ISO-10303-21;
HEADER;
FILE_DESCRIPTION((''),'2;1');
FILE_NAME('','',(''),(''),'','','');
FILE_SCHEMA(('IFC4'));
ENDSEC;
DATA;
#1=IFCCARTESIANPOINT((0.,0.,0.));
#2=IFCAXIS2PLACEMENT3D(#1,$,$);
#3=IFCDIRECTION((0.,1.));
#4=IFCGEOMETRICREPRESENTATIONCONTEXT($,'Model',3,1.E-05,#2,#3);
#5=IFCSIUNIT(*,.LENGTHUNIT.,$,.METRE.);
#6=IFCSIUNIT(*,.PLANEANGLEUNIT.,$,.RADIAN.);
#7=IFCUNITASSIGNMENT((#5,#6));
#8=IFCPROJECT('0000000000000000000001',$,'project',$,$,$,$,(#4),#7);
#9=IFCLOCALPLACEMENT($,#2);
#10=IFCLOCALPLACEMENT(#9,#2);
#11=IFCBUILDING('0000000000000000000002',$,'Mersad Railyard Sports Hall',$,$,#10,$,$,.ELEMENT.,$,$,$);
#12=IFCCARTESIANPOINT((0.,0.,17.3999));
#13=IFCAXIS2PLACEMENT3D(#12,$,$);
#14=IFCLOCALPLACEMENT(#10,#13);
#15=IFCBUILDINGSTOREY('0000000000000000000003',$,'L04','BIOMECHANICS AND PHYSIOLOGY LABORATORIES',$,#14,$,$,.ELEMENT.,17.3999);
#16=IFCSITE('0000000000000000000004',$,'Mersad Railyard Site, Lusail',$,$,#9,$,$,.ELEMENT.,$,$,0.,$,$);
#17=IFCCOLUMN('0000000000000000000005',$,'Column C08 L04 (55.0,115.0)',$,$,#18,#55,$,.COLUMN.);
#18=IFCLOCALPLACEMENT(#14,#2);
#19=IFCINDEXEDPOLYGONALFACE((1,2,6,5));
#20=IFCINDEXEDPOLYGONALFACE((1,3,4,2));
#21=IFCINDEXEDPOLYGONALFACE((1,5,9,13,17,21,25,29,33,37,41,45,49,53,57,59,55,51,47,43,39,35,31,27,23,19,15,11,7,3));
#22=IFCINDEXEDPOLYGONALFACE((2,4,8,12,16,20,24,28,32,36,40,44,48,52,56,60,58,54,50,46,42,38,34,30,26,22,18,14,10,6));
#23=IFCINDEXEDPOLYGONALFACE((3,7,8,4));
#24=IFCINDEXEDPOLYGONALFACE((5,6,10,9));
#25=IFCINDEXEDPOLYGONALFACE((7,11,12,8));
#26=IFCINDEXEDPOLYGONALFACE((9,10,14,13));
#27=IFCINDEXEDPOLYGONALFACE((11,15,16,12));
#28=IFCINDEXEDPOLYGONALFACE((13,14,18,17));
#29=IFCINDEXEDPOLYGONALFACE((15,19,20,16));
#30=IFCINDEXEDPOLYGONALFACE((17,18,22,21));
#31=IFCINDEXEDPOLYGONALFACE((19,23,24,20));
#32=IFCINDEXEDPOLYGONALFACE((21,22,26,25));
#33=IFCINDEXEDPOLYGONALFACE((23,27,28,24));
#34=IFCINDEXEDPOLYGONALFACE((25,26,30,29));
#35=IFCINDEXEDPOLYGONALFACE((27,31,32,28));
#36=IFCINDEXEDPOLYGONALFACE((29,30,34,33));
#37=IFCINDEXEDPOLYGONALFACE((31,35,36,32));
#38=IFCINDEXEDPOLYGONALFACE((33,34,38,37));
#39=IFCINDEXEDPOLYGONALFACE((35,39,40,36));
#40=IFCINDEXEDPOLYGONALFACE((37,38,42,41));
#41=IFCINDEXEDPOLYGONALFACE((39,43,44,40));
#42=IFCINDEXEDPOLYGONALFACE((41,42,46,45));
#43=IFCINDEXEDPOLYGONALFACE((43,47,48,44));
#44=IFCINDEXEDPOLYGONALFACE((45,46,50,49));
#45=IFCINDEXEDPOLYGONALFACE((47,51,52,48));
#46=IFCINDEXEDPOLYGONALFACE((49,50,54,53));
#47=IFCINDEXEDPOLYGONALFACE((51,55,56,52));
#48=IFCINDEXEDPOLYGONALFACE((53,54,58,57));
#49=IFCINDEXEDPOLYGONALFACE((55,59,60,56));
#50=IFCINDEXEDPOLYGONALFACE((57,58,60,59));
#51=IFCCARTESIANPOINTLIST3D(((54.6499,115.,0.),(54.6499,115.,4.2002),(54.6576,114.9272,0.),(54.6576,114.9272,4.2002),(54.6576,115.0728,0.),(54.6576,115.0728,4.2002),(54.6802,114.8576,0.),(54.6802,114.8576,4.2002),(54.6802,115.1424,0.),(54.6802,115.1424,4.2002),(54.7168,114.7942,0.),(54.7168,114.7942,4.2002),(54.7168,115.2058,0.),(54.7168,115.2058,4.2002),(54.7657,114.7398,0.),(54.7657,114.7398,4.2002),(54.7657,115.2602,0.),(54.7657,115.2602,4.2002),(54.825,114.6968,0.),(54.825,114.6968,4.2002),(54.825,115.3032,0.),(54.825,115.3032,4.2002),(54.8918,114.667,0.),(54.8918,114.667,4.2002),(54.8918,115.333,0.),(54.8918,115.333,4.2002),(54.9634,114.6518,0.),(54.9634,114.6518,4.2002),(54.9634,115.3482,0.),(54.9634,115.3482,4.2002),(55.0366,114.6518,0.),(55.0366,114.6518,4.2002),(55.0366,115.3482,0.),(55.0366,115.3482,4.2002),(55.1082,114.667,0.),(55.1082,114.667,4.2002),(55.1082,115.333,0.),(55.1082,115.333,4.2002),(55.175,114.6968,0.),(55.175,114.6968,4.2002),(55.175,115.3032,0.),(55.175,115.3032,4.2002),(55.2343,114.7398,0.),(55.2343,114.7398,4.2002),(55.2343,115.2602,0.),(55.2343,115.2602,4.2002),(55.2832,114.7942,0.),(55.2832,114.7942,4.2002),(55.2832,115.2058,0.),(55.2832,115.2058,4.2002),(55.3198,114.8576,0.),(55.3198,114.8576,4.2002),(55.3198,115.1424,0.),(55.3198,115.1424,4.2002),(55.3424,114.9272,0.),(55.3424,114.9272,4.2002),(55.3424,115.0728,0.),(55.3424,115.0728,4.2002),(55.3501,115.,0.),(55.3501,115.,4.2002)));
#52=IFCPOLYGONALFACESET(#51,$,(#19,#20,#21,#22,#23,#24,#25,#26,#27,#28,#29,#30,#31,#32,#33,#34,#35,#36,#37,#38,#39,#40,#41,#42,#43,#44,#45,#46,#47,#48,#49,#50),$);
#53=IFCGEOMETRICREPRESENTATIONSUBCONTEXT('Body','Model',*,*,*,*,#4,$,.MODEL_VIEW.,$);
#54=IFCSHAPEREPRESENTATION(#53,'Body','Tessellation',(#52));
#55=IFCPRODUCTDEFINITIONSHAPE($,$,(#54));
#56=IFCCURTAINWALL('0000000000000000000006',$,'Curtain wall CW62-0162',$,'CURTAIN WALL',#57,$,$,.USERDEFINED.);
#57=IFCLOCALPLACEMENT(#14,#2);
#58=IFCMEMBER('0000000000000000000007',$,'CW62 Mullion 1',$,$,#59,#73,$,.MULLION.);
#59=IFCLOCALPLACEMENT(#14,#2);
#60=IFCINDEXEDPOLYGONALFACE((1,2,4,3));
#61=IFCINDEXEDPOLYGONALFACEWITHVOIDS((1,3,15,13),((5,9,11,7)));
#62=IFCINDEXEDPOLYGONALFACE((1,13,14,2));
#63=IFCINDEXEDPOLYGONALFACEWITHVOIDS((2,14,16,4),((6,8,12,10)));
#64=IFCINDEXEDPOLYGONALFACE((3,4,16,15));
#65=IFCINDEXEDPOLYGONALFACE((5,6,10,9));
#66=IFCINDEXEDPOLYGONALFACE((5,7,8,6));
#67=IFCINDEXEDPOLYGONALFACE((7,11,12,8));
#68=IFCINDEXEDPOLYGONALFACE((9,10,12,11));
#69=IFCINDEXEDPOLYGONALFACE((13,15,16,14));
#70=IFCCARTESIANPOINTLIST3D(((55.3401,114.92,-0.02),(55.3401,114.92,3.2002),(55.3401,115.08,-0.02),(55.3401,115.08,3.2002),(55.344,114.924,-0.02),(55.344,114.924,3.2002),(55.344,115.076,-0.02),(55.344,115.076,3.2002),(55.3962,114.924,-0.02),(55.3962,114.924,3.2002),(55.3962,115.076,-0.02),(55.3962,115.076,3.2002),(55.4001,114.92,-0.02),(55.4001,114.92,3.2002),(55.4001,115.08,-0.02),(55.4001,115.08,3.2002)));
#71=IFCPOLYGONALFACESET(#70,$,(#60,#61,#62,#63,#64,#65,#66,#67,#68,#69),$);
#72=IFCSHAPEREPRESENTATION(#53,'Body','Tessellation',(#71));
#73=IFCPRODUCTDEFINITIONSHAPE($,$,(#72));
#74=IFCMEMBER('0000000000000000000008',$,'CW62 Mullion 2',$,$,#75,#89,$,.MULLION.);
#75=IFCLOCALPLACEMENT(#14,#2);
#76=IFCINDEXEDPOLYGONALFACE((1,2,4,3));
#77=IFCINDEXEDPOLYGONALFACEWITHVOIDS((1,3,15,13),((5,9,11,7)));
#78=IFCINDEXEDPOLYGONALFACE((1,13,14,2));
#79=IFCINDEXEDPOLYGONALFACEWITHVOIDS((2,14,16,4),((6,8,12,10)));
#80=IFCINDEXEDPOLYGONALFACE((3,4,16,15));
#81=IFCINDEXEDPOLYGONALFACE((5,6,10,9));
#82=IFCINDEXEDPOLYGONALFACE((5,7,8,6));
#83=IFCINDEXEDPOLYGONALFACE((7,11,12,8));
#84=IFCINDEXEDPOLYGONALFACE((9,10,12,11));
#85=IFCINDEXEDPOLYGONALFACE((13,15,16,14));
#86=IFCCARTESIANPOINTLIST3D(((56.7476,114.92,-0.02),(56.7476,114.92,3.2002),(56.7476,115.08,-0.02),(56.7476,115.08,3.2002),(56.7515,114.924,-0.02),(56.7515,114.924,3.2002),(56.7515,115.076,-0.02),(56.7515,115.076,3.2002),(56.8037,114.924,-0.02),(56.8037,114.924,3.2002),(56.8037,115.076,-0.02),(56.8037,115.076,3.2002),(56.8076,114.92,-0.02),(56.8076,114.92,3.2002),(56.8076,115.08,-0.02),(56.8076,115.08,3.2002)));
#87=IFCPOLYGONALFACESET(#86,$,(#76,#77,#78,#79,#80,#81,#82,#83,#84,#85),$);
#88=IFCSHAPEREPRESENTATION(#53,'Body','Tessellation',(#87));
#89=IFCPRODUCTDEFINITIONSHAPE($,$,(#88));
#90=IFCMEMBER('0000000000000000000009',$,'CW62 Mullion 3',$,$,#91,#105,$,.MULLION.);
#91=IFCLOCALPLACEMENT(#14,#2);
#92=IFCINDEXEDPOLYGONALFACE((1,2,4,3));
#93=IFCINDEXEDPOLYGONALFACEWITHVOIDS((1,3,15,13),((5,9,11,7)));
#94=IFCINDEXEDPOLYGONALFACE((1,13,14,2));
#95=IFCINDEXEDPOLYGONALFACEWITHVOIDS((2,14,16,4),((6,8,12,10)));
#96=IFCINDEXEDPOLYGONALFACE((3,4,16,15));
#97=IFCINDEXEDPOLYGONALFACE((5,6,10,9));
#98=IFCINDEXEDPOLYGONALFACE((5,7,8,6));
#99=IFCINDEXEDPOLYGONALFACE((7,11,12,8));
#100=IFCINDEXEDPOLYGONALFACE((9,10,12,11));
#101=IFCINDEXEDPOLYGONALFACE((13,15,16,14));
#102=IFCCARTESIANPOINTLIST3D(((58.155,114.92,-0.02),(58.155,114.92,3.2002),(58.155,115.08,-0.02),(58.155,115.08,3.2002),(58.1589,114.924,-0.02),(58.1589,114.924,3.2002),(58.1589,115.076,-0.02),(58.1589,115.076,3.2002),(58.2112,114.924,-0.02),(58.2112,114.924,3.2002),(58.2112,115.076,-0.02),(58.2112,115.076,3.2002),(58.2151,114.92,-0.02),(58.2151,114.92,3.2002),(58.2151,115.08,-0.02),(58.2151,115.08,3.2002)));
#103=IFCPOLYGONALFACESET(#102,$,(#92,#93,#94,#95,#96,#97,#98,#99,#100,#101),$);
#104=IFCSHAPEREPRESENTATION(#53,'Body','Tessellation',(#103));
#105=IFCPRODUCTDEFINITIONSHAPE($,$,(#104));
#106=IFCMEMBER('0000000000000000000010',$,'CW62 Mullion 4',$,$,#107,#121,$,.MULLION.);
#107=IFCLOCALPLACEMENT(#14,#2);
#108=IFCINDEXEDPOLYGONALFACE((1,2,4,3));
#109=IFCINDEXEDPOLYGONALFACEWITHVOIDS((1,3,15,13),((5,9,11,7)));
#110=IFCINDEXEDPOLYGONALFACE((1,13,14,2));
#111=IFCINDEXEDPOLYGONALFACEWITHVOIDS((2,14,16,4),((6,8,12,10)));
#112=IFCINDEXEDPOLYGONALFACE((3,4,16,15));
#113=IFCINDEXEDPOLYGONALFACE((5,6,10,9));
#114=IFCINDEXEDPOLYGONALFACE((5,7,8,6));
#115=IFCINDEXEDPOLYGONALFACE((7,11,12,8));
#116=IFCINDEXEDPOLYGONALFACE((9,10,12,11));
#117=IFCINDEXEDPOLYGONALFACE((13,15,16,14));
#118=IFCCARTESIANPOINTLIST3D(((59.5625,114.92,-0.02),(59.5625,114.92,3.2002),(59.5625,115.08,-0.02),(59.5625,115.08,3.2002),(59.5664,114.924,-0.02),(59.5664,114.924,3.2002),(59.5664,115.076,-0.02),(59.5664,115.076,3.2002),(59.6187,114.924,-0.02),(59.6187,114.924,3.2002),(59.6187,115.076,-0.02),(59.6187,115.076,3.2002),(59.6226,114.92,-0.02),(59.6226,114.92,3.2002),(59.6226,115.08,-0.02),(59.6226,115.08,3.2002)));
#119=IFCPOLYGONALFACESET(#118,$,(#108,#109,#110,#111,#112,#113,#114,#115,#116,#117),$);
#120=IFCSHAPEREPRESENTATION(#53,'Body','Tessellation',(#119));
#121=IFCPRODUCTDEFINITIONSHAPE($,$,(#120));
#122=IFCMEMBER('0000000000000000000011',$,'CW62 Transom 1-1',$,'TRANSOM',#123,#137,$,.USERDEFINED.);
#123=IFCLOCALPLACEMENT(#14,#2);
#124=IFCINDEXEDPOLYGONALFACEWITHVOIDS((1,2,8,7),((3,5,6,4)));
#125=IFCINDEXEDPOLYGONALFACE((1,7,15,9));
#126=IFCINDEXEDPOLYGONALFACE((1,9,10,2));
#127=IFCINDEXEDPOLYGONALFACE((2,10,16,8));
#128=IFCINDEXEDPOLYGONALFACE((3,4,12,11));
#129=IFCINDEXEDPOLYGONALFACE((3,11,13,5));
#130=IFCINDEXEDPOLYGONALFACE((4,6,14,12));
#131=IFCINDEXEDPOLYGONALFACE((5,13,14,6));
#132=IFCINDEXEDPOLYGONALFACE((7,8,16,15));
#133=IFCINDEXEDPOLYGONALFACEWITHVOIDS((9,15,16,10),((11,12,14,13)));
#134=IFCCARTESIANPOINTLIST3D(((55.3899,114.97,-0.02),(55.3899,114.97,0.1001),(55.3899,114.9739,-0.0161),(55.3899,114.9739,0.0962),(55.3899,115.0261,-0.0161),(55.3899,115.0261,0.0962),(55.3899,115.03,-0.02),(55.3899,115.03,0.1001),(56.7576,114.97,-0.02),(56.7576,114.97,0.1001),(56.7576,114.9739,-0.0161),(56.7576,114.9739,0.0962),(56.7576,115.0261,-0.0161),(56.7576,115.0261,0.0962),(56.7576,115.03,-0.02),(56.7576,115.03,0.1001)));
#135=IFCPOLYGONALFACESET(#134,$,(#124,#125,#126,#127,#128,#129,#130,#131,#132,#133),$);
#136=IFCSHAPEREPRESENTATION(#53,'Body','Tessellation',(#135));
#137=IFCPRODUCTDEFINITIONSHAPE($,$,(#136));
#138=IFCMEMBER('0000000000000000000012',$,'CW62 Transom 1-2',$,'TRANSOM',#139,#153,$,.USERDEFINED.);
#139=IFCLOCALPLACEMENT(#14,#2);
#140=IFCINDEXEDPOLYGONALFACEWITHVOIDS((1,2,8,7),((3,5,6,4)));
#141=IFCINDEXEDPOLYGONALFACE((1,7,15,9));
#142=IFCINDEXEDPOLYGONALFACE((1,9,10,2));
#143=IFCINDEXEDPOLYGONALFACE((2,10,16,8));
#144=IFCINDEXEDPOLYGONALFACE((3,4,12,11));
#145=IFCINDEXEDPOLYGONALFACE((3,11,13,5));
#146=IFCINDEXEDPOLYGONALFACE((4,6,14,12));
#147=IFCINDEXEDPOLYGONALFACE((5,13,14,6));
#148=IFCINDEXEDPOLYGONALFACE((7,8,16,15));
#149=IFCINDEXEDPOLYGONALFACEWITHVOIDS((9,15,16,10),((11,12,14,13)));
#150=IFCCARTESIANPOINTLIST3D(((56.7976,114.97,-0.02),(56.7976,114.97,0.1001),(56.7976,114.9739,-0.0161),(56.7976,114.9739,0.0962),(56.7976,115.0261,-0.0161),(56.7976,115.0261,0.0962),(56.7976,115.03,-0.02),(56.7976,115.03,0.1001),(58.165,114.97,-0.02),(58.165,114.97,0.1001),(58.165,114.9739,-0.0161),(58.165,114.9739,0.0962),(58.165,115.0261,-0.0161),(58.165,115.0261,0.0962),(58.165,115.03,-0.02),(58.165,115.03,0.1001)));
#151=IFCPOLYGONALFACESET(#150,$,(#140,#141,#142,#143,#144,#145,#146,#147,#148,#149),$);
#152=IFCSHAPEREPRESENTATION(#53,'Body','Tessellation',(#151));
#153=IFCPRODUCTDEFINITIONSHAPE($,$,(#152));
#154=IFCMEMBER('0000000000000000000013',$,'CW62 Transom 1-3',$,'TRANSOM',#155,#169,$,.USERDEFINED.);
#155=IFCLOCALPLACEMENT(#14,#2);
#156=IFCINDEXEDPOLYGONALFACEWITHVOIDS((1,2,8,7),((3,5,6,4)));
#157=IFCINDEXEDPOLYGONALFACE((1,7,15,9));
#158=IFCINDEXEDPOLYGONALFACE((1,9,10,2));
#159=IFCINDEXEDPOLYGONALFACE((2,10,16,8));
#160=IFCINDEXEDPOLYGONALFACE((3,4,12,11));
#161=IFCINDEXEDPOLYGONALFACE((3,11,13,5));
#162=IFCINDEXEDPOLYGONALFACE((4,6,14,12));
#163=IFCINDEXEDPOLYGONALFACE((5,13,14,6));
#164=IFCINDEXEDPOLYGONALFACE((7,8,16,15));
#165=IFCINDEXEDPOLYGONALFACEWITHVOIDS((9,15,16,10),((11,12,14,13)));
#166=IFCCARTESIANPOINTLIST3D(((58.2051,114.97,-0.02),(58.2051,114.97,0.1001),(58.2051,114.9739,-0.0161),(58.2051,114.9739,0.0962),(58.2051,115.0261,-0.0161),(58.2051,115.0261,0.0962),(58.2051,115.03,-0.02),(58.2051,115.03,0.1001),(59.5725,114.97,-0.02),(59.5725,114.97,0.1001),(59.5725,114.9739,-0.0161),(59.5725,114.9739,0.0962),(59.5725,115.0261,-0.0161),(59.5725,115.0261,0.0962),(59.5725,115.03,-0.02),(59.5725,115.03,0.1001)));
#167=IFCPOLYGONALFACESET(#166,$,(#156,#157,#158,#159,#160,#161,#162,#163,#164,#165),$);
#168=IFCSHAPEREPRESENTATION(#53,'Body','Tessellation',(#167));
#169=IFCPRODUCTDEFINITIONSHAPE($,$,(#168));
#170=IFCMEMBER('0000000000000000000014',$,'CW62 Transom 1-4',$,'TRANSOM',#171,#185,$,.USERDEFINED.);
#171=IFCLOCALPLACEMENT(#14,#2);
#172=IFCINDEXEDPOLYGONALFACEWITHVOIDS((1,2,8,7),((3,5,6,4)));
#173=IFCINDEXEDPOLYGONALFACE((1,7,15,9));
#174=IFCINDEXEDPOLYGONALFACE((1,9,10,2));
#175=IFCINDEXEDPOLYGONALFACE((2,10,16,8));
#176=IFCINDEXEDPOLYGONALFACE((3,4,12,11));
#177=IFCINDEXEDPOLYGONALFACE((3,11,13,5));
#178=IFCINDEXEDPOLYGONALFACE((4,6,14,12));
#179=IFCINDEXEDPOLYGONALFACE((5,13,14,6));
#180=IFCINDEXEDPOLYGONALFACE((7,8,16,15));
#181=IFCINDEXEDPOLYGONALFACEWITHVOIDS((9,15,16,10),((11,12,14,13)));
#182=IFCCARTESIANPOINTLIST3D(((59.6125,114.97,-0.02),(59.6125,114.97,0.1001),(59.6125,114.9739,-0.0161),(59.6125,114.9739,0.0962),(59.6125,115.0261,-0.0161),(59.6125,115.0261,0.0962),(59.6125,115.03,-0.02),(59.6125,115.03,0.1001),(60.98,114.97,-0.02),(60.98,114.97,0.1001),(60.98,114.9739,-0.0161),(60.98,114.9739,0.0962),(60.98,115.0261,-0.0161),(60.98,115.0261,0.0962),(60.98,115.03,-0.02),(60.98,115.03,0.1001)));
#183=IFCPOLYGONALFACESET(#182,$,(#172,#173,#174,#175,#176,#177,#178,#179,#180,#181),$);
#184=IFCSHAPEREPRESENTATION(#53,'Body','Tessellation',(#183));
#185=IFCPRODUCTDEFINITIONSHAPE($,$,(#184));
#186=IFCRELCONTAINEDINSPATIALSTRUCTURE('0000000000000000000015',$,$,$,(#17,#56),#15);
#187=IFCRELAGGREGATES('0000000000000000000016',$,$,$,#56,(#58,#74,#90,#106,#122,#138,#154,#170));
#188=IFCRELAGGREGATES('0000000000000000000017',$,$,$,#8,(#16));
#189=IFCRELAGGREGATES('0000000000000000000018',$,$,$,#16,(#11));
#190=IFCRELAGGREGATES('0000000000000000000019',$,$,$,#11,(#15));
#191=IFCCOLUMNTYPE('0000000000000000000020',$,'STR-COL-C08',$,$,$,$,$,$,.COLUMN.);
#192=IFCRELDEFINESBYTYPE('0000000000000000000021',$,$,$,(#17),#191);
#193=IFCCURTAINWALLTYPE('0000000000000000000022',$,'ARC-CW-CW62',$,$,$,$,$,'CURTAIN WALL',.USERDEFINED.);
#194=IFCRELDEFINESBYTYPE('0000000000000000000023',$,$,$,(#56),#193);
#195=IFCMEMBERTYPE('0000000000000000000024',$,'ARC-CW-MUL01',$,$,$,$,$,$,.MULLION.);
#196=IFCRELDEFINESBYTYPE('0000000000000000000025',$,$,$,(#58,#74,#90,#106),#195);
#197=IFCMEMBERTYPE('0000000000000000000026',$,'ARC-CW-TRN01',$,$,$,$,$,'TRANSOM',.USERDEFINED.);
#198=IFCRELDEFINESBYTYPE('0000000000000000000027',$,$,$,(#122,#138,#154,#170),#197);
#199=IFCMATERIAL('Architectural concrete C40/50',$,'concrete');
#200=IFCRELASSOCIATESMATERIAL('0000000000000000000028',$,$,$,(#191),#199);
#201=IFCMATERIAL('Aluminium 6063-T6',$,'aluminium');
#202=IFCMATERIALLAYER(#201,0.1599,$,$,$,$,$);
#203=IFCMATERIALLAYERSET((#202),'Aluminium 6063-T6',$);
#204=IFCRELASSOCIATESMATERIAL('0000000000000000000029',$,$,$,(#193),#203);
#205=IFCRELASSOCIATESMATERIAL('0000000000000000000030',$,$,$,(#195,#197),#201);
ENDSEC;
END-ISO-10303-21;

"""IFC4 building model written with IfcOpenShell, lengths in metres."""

from ifc_helpers import new_model, si_unit, direction, frame, origin, origin_2d, place, context, subcontext, project, spatial, hollow_rectangle, circle, extrude, material, layer, layer_set, material_profile, profile_set, type_object, element, aggregate, save


model = new_model("IFC4")

# Units and contexts
model_context = context("Model", 3, precision=1e-05, world=origin(), true_north=direction((0.0, 1.0)))
body_context = subcontext(model_context, "Body", "Model", "MODEL_VIEW")
ifc_project = project(units=[si_unit("LENGTHUNIT", "METRE"), si_unit("PLANEANGLEUNIT", "RADIAN")], contexts=[model_context])

# Site, building, storey
site_placement = place(None, origin())
site = spatial("IfcSite", under=ifc_project, at=site_placement, Name="Mersad Railyard Site, Lusail", CompositionType="ELEMENT", RefElevation=0.0)
building_placement = place(site_placement, origin())
building = spatial("IfcBuilding", under=site, at=building_placement, Name="Mersad Railyard Sports Hall", CompositionType="ELEMENT")
storey_placement = place(building_placement, frame((0.0, 0.0, 17.3999)))
storey = spatial("IfcBuildingStorey", under=building, at=storey_placement, Name="L04", Description="BIOMECHANICS AND PHYSIOLOGY LABORATORIES", CompositionType="ELEMENT", Elevation=17.3999)

# Column
ifc_material_1 = material(Name="Architectural concrete C40/50", Category="concrete")
ifc_material_profile_1 = material_profile(ifc_material_1, circle(Radius=0.3501, at=origin_2d()), Name="RC D700")
ifc_profile_set_1 = profile_set([ifc_material_profile_1], Name="Architectural concrete C40/50")
column_type = type_object("IfcColumnType", Name="STR-COL-C08", PredefinedType="COLUMN", material=ifc_profile_set_1)
column_placement = place(storey_placement, frame((55.0, 115.0, 0.0), z_axis=(0.0, 0.0, 1.0), x_axis=(1.0, 0.0, 0.0)))
element("IfcColumn", 1, at=column_placement, inside=storey, type_object=column_type, Name="Column C08 L04 (55.0,115.0)", PredefinedType="COLUMN", context=body_context, shape_type="SweptSolid", body=[
    extrude(circle(Radius=0.3501, at=origin_2d()), origin(), (0.0, 0.0, 1.0), 4.2002),
])

# Curtain wall, members
ifc_material_2 = material(Name="Aluminium 6063-T6", Category="aluminium")
ifc_layer_1 = layer(ifc_material_2, 0.1599)
ifc_layer_set_1 = layer_set([ifc_layer_1], Name="Aluminium 6063-T6")
curtain_wall_type = type_object("IfcCurtainWallType", Name="ARC-CW-CW62", ElementType="CURTAIN WALL", PredefinedType="USERDEFINED", material=ifc_layer_set_1)
curtain_wall_placement = place(storey_placement, origin())
curtain_wall = element("IfcCurtainWall", 2, at=curtain_wall_placement, inside=storey, type_object=curtain_wall_type, Name="Curtain wall CW62-0162", ObjectType="CURTAIN WALL", PredefinedType="USERDEFINED")
ifc_material_profile_2 = material_profile(ifc_material_2, hollow_rectangle(XDim=0.0601, YDim=0.1599, WallThickness=0.0039, at=origin_2d()), Name="AL MULLION 60x160x4")
ifc_profile_set_2 = profile_set([ifc_material_profile_2], Name="Aluminium 6063-T6")
member_type_1 = type_object("IfcMemberType", Name="ARC-CW-MUL01", PredefinedType="MULLION", material=ifc_profile_set_2)
member_1_placement = place(storey_placement, frame((55.3701, 115.0, -0.02), z_axis=(0.0, 0.0, 1.0), x_axis=(1.0, 0.0, 0.0)))
member_1 = element("IfcMember", 3, at=member_1_placement, type_object=member_type_1, Name="CW62 Mullion 1", PredefinedType="MULLION", context=body_context, shape_type="SweptSolid", body=[
    extrude(hollow_rectangle(XDim=0.0601, YDim=0.1599, WallThickness=0.0039, at=origin_2d()), origin(), (0.0, 0.0, 1.0), 3.2202),
])
member_2_placement = place(storey_placement, frame((56.7776, 115.0, -0.02), z_axis=(0.0, 0.0, 1.0), x_axis=(1.0, 0.0, 0.0)))
member_2 = element("IfcMember", 4, at=member_2_placement, type_object=member_type_1, Name="CW62 Mullion 2", PredefinedType="MULLION", context=body_context, shape_type="SweptSolid", body=[
    extrude(hollow_rectangle(XDim=0.0601, YDim=0.1599, WallThickness=0.0039, at=origin_2d()), origin(), (0.0, 0.0, 1.0), 3.2202),
])
member_3_placement = place(storey_placement, frame((58.1851, 115.0, -0.02), z_axis=(0.0, 0.0, 1.0), x_axis=(1.0, 0.0, 0.0)))
member_3 = element("IfcMember", 5, at=member_3_placement, type_object=member_type_1, Name="CW62 Mullion 3", PredefinedType="MULLION", context=body_context, shape_type="SweptSolid", body=[
    extrude(hollow_rectangle(XDim=0.0601, YDim=0.1599, WallThickness=0.0039, at=origin_2d()), origin(), (0.0, 0.0, 1.0), 3.2202),
])
member_4_placement = place(storey_placement, frame((59.5925, 115.0, -0.02), z_axis=(0.0, 0.0, 1.0), x_axis=(1.0, 0.0, 0.0)))
member_4 = element("IfcMember", 6, at=member_4_placement, type_object=member_type_1, Name="CW62 Mullion 4", PredefinedType="MULLION", context=body_context, shape_type="SweptSolid", body=[
    extrude(hollow_rectangle(XDim=0.0601, YDim=0.1599, WallThickness=0.0039, at=origin_2d()), origin(), (0.0, 0.0, 1.0), 3.2202),
])
ifc_material_profile_3 = material_profile(ifc_material_2, hollow_rectangle(XDim=0.0601, YDim=0.1201, WallThickness=0.0039, at=origin_2d()), Name="AL TRANSOM 60x120x4")
ifc_profile_set_3 = profile_set([ifc_material_profile_3], Name="Aluminium 6063-T6")
member_type_2 = type_object("IfcMemberType", Name="ARC-CW-TRN01", ElementType="TRANSOM", PredefinedType="USERDEFINED", material=ifc_profile_set_3)
member_5_placement = place(storey_placement, frame((55.3899, 115.0, 0.04), z_axis=(1.0, 0.0, 0.0), x_axis=(0.0, 1.0, 0.0)))
member_5 = element("IfcMember", 7, at=member_5_placement, type_object=member_type_2, Name="CW62 Transom 1-1", ObjectType="TRANSOM", PredefinedType="USERDEFINED", context=body_context, shape_type="SweptSolid", body=[
    extrude(hollow_rectangle(XDim=0.0601, YDim=0.1201, WallThickness=0.0039, at=origin_2d()), origin(), (0.0, 0.0, 1.0), 1.3677),
])
member_6_placement = place(storey_placement, frame((56.7976, 115.0, 0.04), z_axis=(1.0, 0.0, 0.0), x_axis=(0.0, 1.0, 0.0)))
member_6 = element("IfcMember", 8, at=member_6_placement, type_object=member_type_2, Name="CW62 Transom 1-2", ObjectType="TRANSOM", PredefinedType="USERDEFINED", context=body_context, shape_type="SweptSolid", body=[
    extrude(hollow_rectangle(XDim=0.0601, YDim=0.1201, WallThickness=0.0039, at=origin_2d()), origin(), (0.0, 0.0, 1.0), 1.3674),
])
member_7_placement = place(storey_placement, frame((58.2051, 115.0, 0.04), z_axis=(1.0, 0.0, 0.0), x_axis=(0.0, 1.0, 0.0)))
member_7 = element("IfcMember", 9, at=member_7_placement, type_object=member_type_2, Name="CW62 Transom 1-3", ObjectType="TRANSOM", PredefinedType="USERDEFINED", context=body_context, shape_type="SweptSolid", body=[
    extrude(hollow_rectangle(XDim=0.0601, YDim=0.1201, WallThickness=0.0039, at=origin_2d()), origin(), (0.0, 0.0, 1.0), 1.3674),
])
member_8_placement = place(storey_placement, frame((59.6125, 115.0, 0.04), z_axis=(1.0, 0.0, 0.0), x_axis=(0.0, 1.0, 0.0)))
member_8 = element("IfcMember", 10, at=member_8_placement, type_object=member_type_2, Name="CW62 Transom 1-4", ObjectType="TRANSOM", PredefinedType="USERDEFINED", context=body_context, shape_type="SweptSolid", body=[
    extrude(hollow_rectangle(XDim=0.0601, YDim=0.1201, WallThickness=0.0039, at=origin_2d()), origin(), (0.0, 0.0, 1.0), 1.3674),
])

aggregate(curtain_wall, [member_1, member_2, member_3, member_4, member_5, member_6, member_7, member_8])

save(model, "model.ifc")
